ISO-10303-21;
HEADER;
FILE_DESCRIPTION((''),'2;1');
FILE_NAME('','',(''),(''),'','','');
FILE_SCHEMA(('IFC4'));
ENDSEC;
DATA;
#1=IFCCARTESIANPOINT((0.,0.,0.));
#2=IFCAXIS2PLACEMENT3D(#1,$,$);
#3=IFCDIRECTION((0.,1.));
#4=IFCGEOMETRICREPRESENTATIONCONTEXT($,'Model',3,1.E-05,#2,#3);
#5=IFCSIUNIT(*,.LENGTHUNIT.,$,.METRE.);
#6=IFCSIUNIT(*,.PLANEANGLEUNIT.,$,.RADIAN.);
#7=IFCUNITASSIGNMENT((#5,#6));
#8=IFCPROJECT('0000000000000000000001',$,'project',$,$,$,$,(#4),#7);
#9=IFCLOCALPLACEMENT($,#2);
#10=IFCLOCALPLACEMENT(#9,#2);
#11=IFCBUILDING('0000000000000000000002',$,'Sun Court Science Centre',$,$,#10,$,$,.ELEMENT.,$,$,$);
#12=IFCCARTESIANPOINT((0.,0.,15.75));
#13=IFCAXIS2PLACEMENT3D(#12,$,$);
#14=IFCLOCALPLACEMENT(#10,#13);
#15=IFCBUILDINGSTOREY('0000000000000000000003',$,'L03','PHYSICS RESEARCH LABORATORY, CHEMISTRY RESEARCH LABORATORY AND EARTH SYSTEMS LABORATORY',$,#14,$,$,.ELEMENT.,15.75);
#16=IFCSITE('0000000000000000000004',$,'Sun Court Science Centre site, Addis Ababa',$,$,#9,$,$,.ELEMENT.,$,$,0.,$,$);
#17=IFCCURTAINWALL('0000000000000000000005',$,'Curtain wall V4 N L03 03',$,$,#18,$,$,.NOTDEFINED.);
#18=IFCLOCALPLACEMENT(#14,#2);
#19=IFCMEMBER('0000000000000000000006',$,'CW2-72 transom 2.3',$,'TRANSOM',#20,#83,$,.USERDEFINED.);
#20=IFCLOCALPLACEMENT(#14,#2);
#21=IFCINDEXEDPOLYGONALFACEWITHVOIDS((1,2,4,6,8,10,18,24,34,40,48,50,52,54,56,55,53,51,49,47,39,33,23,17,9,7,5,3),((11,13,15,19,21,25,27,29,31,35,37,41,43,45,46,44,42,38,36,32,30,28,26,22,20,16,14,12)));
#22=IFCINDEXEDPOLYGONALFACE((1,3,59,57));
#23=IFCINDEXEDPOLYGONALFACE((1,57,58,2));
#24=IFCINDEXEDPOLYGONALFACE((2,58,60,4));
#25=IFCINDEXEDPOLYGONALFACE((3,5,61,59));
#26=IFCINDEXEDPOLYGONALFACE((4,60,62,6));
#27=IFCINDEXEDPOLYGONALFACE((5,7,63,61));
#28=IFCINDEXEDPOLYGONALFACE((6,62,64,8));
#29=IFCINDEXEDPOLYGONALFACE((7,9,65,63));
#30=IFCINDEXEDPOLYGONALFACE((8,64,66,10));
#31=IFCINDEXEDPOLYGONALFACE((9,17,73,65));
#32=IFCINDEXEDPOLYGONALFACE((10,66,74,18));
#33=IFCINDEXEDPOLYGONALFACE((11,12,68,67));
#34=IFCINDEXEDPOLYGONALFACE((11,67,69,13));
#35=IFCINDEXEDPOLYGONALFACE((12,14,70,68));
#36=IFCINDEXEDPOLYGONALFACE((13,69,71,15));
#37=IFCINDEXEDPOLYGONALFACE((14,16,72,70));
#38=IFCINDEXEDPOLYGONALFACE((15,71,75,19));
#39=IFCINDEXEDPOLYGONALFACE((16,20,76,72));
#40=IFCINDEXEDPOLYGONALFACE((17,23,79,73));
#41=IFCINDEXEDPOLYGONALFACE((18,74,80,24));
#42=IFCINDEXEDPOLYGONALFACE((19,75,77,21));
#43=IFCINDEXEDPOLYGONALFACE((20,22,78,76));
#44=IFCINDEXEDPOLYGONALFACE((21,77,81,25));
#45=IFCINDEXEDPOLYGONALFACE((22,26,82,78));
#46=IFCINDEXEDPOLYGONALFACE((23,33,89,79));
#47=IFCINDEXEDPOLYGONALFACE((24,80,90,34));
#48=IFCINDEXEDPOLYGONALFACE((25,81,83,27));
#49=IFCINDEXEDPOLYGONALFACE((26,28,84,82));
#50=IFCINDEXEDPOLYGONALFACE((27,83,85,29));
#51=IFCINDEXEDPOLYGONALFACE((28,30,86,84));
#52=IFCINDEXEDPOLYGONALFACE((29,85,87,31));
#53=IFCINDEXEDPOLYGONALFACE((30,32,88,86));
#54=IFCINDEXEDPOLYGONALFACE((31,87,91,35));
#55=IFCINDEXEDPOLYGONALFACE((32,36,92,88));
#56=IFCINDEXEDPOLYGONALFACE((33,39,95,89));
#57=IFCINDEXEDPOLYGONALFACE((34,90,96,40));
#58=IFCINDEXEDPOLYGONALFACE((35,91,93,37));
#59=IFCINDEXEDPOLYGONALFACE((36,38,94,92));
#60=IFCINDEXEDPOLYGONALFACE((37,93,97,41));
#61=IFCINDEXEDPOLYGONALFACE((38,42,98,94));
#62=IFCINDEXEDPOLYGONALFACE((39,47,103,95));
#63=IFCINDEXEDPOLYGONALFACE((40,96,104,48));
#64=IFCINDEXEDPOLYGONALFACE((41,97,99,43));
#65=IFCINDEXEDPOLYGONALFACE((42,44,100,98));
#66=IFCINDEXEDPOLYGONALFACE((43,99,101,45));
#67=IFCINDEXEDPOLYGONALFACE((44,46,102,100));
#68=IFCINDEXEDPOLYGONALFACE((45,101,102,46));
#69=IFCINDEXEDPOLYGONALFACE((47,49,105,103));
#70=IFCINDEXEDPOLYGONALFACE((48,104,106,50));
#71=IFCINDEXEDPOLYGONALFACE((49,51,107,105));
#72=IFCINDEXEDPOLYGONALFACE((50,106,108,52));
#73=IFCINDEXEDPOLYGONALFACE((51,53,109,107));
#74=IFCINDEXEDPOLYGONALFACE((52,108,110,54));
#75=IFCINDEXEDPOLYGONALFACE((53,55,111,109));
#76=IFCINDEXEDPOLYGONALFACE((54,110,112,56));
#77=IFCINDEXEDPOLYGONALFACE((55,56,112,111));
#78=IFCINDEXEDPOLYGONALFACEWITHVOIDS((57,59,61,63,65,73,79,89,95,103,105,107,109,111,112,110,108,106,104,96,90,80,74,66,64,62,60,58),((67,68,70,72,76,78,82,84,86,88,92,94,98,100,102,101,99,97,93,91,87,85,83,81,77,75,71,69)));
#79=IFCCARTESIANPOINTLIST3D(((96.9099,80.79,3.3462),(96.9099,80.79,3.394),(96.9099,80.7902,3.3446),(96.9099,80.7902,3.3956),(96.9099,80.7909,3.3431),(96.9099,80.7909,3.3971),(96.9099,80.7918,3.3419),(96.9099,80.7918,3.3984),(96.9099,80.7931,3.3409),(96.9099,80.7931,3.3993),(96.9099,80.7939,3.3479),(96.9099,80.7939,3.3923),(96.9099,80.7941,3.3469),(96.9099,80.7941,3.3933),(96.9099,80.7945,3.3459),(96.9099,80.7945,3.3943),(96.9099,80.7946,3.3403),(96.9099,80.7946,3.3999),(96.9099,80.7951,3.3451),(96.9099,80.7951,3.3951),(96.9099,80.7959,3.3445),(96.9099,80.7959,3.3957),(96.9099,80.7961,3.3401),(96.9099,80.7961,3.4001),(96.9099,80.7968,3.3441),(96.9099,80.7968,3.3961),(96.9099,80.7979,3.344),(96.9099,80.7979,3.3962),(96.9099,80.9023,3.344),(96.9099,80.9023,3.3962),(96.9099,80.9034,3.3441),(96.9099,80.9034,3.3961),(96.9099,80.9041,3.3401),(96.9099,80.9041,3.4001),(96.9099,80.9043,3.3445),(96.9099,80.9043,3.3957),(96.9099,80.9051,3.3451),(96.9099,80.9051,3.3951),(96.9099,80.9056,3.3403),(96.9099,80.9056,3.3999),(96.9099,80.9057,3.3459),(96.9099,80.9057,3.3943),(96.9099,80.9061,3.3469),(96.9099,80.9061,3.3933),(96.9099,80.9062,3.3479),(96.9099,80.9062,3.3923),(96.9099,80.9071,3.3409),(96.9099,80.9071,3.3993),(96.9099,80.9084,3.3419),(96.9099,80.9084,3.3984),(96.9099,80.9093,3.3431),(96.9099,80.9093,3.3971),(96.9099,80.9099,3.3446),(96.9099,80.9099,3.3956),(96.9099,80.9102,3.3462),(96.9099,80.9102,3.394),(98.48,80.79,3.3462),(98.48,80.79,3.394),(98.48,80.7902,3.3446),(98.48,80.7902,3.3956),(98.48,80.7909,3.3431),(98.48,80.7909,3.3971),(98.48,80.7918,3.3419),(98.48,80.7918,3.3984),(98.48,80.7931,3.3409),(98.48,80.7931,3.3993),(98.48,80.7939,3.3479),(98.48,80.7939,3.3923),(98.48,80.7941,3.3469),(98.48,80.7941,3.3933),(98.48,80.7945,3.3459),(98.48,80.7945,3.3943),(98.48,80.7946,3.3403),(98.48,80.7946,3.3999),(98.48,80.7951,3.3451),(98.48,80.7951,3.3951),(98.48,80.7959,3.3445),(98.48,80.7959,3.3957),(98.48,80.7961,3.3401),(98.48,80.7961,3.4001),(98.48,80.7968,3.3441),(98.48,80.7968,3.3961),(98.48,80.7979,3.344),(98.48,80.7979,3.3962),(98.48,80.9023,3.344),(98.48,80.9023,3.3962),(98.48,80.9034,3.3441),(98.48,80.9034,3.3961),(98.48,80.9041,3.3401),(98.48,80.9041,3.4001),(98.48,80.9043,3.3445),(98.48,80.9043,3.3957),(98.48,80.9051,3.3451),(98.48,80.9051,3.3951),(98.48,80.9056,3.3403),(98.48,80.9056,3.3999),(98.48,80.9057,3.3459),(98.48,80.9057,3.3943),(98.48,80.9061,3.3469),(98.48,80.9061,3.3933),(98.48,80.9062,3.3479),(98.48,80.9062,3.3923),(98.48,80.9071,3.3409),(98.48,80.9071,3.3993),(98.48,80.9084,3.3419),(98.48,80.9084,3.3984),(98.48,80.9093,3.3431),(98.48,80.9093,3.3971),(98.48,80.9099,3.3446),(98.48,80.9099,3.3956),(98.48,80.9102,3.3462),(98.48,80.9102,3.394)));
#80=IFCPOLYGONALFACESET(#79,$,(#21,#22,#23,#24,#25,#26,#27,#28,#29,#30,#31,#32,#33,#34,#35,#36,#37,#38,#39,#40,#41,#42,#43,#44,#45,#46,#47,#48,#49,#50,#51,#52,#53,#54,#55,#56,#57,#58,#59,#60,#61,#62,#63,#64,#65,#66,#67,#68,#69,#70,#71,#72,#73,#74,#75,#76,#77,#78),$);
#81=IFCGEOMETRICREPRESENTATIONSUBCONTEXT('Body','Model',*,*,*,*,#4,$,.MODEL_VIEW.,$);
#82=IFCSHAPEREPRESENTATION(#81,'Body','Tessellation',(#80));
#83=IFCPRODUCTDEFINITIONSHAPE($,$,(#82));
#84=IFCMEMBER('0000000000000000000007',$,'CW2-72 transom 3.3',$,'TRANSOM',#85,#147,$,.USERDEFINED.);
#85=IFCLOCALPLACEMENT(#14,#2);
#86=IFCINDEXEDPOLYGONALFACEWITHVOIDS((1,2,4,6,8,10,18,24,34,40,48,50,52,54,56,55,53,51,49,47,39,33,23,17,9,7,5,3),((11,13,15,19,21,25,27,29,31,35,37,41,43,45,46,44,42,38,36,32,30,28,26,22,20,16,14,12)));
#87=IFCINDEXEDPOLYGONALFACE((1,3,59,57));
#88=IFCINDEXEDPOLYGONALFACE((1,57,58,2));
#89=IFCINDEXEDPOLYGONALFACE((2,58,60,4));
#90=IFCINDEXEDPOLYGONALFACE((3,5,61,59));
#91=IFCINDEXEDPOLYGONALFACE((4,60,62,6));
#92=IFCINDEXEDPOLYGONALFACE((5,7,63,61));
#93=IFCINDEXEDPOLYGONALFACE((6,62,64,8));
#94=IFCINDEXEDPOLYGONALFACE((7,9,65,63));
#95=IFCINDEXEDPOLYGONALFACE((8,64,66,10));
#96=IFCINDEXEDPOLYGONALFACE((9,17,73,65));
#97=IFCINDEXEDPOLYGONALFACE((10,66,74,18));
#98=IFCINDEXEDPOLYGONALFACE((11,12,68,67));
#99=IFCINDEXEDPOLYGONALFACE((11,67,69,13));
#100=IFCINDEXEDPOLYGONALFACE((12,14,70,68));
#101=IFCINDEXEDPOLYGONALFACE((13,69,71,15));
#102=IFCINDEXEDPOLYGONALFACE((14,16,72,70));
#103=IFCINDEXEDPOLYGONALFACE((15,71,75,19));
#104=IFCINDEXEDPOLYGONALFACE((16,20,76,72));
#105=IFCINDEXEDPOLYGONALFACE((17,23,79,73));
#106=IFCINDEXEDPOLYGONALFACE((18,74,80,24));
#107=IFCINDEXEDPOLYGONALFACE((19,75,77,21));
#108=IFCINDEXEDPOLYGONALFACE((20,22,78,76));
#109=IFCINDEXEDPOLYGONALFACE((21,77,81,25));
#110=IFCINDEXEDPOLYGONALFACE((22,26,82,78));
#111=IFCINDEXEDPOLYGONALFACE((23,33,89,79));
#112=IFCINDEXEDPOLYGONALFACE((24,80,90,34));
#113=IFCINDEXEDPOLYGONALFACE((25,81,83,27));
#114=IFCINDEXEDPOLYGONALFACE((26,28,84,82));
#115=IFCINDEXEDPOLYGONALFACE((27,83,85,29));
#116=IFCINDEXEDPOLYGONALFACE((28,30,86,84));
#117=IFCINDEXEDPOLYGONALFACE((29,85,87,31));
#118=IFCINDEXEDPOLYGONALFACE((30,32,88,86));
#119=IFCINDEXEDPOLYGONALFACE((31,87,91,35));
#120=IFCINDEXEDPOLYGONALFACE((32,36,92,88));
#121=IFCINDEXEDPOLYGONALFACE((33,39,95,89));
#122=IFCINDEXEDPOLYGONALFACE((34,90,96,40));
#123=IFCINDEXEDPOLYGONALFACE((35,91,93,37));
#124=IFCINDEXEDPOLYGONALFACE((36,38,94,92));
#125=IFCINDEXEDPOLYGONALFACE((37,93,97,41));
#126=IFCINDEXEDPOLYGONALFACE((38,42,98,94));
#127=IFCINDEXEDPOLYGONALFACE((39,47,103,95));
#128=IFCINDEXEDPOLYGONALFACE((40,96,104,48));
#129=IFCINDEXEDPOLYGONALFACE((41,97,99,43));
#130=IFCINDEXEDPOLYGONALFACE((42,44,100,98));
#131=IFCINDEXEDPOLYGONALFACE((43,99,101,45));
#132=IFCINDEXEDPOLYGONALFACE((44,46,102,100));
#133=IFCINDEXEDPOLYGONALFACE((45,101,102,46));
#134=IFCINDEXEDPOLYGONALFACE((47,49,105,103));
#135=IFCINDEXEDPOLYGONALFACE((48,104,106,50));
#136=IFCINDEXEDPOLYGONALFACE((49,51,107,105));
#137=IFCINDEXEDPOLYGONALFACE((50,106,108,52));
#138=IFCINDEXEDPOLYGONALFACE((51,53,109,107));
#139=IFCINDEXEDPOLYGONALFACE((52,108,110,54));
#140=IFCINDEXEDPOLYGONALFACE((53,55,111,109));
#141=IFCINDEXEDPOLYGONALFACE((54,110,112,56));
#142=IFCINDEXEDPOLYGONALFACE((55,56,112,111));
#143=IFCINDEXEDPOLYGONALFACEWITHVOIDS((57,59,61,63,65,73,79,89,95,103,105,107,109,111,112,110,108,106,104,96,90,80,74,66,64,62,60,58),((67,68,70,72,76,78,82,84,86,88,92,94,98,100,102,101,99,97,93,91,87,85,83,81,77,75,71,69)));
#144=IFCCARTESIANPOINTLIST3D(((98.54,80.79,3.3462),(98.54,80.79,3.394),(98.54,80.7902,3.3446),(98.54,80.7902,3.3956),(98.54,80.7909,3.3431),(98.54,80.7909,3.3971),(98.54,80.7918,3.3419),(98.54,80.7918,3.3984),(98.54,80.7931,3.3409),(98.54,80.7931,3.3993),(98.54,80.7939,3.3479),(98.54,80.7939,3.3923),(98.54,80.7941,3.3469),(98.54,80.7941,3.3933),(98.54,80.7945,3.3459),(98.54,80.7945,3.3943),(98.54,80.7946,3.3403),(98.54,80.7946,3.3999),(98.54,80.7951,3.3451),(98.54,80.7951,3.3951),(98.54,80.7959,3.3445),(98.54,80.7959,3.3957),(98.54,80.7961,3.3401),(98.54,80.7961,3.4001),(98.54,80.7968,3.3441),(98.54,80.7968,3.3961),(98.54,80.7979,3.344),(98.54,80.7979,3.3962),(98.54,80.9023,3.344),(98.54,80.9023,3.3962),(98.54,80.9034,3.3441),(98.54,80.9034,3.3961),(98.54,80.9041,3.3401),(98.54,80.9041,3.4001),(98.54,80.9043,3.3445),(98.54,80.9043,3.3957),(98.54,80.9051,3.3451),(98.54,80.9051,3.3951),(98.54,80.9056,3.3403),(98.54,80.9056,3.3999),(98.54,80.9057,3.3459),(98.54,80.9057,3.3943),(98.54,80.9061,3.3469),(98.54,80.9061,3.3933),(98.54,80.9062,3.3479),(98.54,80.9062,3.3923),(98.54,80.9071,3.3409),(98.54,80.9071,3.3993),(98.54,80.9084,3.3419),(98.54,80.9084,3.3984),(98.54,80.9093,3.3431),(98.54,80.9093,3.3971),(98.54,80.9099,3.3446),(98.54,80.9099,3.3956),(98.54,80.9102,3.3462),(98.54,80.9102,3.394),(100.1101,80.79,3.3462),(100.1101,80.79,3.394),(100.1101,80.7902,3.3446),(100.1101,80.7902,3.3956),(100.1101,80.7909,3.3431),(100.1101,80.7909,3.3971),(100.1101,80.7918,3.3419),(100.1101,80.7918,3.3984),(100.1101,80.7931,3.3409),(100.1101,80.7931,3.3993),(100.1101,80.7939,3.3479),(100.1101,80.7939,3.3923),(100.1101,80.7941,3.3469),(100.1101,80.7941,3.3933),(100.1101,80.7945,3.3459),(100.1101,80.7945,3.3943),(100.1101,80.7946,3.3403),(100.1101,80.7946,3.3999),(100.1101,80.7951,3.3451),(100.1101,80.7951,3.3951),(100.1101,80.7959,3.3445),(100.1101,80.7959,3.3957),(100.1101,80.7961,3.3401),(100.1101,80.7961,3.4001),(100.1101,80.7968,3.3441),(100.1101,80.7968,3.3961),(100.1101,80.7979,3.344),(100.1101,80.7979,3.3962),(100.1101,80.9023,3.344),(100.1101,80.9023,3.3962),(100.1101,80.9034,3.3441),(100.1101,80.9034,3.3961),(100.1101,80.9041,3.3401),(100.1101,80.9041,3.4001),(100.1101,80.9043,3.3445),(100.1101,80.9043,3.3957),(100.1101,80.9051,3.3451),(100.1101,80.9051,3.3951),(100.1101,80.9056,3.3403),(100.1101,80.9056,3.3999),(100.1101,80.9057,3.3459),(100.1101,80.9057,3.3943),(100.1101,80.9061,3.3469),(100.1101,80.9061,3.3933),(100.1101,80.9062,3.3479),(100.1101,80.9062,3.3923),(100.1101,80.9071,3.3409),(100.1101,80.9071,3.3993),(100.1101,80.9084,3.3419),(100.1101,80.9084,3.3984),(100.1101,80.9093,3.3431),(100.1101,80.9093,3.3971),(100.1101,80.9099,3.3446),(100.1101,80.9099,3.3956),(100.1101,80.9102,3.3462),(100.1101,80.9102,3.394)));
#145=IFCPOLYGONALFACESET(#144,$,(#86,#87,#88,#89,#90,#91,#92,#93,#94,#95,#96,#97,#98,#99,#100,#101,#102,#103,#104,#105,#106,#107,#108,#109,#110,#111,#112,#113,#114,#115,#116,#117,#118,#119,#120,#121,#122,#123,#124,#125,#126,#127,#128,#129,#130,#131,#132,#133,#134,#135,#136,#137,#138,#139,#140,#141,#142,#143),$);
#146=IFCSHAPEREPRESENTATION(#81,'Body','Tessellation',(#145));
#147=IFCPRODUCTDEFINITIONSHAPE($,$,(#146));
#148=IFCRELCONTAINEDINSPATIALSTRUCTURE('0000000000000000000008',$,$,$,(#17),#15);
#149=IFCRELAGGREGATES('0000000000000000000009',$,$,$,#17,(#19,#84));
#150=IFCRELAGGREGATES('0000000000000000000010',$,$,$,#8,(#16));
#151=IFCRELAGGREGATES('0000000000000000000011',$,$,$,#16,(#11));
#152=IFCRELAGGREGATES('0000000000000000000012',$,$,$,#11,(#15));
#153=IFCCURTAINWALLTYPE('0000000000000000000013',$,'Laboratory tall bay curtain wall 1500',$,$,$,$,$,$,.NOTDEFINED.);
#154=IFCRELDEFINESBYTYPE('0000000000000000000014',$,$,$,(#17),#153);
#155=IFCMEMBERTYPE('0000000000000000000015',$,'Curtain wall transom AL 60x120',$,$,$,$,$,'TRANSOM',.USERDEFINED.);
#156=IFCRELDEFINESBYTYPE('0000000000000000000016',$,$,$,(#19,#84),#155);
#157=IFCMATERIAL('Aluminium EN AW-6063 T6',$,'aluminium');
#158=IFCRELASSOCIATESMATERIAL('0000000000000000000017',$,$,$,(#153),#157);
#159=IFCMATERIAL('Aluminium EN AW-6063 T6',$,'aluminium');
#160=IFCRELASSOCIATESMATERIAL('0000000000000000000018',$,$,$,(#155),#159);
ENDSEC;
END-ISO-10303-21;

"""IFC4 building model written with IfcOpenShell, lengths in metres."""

from ifc_helpers import new_model, si_unit, direction, frame, origin, origin_2d, place, context, subcontext, project, spatial, hollow_rectangle, extrude, material, material_profile, profile_set, type_object, element, aggregate, save


model = new_model("IFC4")

# Units and contexts
model_context = context("Model", 3, precision=1e-05, world=origin(), true_north=direction((0.0, 1.0)))
body_context = subcontext(model_context, "Body", "Model", "MODEL_VIEW")
ifc_project = project(units=[si_unit("LENGTHUNIT", "METRE"), si_unit("PLANEANGLEUNIT", "RADIAN")], contexts=[model_context])

# Site, building, storey
site_placement = place(None, origin())
site = spatial("IfcSite", under=ifc_project, at=site_placement, Name="Sun Court Science Centre site, Addis Ababa", CompositionType="ELEMENT", RefElevation=0.0)
building_placement = place(site_placement, origin())
building = spatial("IfcBuilding", under=site, at=building_placement, Name="Sun Court Science Centre", CompositionType="ELEMENT")
storey_placement = place(building_placement, frame((0.0, 0.0, 15.75)))
storey = spatial("IfcBuildingStorey", under=building, at=storey_placement, Name="L03", Description="PHYSICS RESEARCH LABORATORY, CHEMISTRY RESEARCH LABORATORY AND EARTH SYSTEMS LABORATORY", CompositionType="ELEMENT", Elevation=15.75)

# Shared definitions
ifc_material_1 = material(Name="Aluminium EN AW-6063 T6", Category="aluminium")
curtain_wall_type = type_object("IfcCurtainWallType", Name="Laboratory tall bay curtain wall 1500", PredefinedType="NOTDEFINED", material=ifc_material_1)

# Curtain wall
curtain_wall_1_placement = place(storey_placement, origin())
curtain_wall_1 = element("IfcCurtainWall", 1, at=curtain_wall_1_placement, inside=storey, type_object=curtain_wall_type, Name="Curtain wall V4 N L03 03", PredefinedType="NOTDEFINED")

# Members
ifc_material_2 = material(Name="Aluminium EN AW-6063 T6", Category="aluminium")
ifc_material_profile_1 = material_profile(ifc_material_2, hollow_rectangle(XDim=0.0601, YDim=0.1201, WallThickness=0.0039, InnerFilletRadius=0.0039, OuterFilletRadius=0.0061, at=origin_2d()), Name="AL 60x120x4")
ifc_profile_set_1 = profile_set([ifc_material_profile_1], Name="Aluminium EN AW-6063 T6")
member_type_1 = type_object("IfcMemberType", Name="Curtain wall transom AL 60x120", ElementType="TRANSOM", PredefinedType="USERDEFINED", material=ifc_profile_set_1)
member_1_placement = place(storey_placement, frame((96.9099, 80.8501, 3.3701), z_axis=(1.0, 0.0, 0.0), x_axis=(0.0, 0.0, 1.0)))
member_1 = element("IfcMember", 2, at=member_1_placement, type_object=member_type_1, Name="CW2-72 transom 2.3", ObjectType="TRANSOM", PredefinedType="USERDEFINED", context=body_context, shape_type="SweptSolid", body=[
    extrude(hollow_rectangle(XDim=0.0601, YDim=0.1201, WallThickness=0.0039, InnerFilletRadius=0.0039, OuterFilletRadius=0.0061, at=origin_2d()), origin(), (0.0, 0.0, 1.0), 1.5701),
])
member_2_placement = place(storey_placement, frame((98.54, 80.8501, 3.3701), z_axis=(1.0, 0.0, 0.0), x_axis=(0.0, 0.0, 1.0)))
member_2 = element("IfcMember", 3, at=member_2_placement, type_object=member_type_1, Name="CW2-72 transom 3.3", ObjectType="TRANSOM", PredefinedType="USERDEFINED", context=body_context, shape_type="SweptSolid", body=[
    extrude(hollow_rectangle(XDim=0.0601, YDim=0.1201, WallThickness=0.0039, InnerFilletRadius=0.0039, OuterFilletRadius=0.0061, at=origin_2d()), origin(), (0.0, 0.0, 1.0), 1.5701),
])

aggregate(curtain_wall_1, [member_1, member_2])

save(model, "model.ifc")
